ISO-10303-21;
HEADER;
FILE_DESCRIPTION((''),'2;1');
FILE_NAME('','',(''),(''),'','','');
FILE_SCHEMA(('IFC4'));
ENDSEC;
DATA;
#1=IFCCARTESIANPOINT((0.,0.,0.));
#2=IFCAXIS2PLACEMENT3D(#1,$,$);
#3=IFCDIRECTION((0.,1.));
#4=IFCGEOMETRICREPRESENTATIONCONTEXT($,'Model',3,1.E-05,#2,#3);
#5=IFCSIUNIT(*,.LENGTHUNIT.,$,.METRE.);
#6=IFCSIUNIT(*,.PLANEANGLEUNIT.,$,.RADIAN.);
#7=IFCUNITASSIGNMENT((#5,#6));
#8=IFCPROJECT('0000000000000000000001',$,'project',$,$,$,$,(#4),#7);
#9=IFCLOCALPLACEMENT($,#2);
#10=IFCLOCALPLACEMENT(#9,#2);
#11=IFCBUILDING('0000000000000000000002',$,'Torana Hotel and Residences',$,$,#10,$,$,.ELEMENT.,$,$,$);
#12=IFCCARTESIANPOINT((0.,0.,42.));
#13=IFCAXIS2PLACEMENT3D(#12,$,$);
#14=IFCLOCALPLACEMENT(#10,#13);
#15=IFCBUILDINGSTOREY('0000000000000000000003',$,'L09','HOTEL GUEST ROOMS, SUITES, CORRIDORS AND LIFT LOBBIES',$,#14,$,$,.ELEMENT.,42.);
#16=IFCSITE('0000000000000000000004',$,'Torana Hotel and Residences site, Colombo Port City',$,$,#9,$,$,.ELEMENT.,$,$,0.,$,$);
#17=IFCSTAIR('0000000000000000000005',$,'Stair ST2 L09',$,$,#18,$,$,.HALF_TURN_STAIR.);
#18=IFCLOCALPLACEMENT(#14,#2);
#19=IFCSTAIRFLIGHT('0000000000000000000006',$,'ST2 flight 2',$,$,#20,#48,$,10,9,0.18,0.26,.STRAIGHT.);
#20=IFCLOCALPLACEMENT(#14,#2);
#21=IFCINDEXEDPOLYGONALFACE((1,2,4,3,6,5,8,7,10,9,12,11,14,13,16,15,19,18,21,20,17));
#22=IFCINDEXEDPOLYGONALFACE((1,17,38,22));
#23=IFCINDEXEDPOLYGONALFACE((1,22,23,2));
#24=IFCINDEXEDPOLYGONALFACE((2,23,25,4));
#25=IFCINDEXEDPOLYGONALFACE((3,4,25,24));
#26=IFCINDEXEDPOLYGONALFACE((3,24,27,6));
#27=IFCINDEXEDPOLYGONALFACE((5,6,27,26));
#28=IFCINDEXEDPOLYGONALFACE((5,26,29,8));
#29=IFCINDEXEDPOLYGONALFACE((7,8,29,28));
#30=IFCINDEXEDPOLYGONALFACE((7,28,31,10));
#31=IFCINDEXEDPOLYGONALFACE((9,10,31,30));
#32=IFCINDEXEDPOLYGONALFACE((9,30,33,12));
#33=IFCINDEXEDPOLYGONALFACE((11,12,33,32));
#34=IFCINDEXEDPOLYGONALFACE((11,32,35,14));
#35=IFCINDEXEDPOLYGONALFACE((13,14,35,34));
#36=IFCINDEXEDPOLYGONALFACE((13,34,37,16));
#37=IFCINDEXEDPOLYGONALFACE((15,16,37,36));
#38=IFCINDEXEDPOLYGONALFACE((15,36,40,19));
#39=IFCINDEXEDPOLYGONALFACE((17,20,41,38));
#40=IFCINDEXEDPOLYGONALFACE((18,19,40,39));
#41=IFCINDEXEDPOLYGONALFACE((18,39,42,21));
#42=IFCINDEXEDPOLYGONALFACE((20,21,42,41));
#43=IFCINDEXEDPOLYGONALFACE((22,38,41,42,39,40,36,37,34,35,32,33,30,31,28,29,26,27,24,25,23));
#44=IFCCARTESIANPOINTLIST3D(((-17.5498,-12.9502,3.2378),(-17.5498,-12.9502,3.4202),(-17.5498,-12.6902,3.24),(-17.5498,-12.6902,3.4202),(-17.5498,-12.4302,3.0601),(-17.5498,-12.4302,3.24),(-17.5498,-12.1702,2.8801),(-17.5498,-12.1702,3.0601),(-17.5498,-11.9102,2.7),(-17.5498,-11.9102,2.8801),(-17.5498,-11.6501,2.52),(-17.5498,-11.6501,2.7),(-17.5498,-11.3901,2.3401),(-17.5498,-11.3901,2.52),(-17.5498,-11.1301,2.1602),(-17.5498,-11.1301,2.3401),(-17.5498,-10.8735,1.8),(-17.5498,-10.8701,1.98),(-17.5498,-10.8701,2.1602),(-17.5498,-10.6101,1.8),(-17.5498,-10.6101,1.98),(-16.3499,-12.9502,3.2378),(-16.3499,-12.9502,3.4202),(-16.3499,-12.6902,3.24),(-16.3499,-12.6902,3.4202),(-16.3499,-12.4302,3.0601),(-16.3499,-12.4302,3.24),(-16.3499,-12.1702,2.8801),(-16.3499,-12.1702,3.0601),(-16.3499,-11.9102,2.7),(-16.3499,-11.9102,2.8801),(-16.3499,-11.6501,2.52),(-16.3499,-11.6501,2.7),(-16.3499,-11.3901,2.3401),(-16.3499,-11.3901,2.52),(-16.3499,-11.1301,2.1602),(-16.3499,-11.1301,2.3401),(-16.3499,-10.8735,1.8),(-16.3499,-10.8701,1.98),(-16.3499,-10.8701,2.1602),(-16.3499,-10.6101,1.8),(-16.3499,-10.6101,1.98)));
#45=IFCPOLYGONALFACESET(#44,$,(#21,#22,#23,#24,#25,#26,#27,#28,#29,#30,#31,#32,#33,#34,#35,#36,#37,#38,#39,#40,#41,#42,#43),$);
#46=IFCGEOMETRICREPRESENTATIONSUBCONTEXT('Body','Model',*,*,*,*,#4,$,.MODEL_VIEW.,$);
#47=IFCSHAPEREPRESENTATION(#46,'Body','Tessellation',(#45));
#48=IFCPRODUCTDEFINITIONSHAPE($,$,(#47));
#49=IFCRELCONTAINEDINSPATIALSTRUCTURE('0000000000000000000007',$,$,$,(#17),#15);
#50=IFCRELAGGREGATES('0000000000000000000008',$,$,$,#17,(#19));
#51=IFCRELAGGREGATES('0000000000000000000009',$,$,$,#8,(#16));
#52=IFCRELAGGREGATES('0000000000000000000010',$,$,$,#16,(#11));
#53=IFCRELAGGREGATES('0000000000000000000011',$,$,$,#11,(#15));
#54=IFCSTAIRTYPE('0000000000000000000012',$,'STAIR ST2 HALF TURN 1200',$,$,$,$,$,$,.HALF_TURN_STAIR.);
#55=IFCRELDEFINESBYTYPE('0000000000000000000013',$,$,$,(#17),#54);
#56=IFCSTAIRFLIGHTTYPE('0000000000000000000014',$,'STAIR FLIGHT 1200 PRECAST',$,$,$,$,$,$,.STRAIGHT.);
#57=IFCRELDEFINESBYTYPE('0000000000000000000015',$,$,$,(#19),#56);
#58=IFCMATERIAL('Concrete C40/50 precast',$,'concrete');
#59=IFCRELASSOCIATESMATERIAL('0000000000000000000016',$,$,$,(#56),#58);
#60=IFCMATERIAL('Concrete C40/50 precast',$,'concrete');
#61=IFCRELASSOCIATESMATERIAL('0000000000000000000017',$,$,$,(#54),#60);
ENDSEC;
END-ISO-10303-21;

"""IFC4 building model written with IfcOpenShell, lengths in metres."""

from ifc_helpers import new_model, si_unit, direction, frame, origin, place, context, subcontext, project, spatial, polyline, outline, extrude, material, type_object, element, aggregate, save


model = new_model("IFC4")

# Units and contexts
model_context = context("Model", 3, precision=1e-05, world=origin(), true_north=direction((0.0, 1.0)))
body_context = subcontext(model_context, "Body", "Model", "MODEL_VIEW")
ifc_project = project(units=[si_unit("LENGTHUNIT", "METRE"), si_unit("PLANEANGLEUNIT", "RADIAN")], contexts=[model_context])

# Site, building, storey
site_placement = place(None, origin())
site = spatial("IfcSite", under=ifc_project, at=site_placement, Name="Torana Hotel and Residences site, Colombo Port City", CompositionType="ELEMENT", RefElevation=0.0)
building_placement = place(site_placement, origin())
building = spatial("IfcBuilding", under=site, at=building_placement, Name="Torana Hotel and Residences", CompositionType="ELEMENT")
storey_placement = place(building_placement, frame((0.0, 0.0, 42.0)))
storey = spatial("IfcBuildingStorey", under=building, at=storey_placement, Name="L09", Description="HOTEL GUEST ROOMS, SUITES, CORRIDORS AND LIFT LOBBIES", CompositionType="ELEMENT", Elevation=42.0)

# Stair, stair flight
ifc_material_1 = material(Name="Concrete C40/50 precast", Category="concrete")
stair_flight_type = type_object("IfcStairFlightType", Name="STAIR FLIGHT 1200 PRECAST", PredefinedType="STRAIGHT", material=ifc_material_1)
ifc_material_2 = material(Name="Concrete C40/50 precast", Category="concrete")
stair_type_1 = type_object("IfcStairType", Name="STAIR ST2 HALF TURN 1200", PredefinedType="HALF_TURN_STAIR", material=ifc_material_2)
stair_1_placement = place(storey_placement, origin())
stair_1 = element("IfcStair", 1, at=stair_1_placement, inside=storey, type_object=stair_type_1, Name="Stair ST2 L09", PredefinedType="HALF_TURN_STAIR")
stair_flight_1_placement = place(storey_placement, frame((-16.95, -10.6101, 1.8), z_axis=(0.0, 0.0, 1.0), x_axis=(0.0, -1.0, 0.0)))
stair_flight_1 = element("IfcStairFlight", 2, at=stair_flight_1_placement, type_object=stair_flight_type, Name="ST2 flight 2", NumberOfRisers=10, NumberOfTreads=9, PredefinedType="STRAIGHT", RiserHeight=0.18, TreadLength=0.26, context=body_context, shape_type="SweptSolid", body=[
    extrude(outline(polyline([(0.0, 0.0), (0.0, 0.1799), (0.26, 0.1799), (0.26, 0.3601), (0.52, 0.3601), (0.52, 0.54), (0.78, 0.54), (0.78, 0.72), (1.04, 0.72), (1.04, 0.8999), (1.3, 0.8999), (1.3, 1.0801), (1.5601, 1.0801), (1.5601, 1.26), (1.8201, 1.26), (1.8201, 1.4399), (2.0801, 1.4399), (2.0801, 1.6201), (2.3401, 1.6201), (2.3401, 1.8), (2.3401, 1.4377), (0.2634, 0.0), (0.0, 0.0)])), frame((0.0, 0.6001, 0.0), z_axis=(0.0, -1.0, 0.0), x_axis=(1.0, 0.0, 0.0)), (0.0, 0.0, 1.0), 1.2),
])
aggregate(stair_1, [stair_flight_1])

save(model, "model.ifc")
